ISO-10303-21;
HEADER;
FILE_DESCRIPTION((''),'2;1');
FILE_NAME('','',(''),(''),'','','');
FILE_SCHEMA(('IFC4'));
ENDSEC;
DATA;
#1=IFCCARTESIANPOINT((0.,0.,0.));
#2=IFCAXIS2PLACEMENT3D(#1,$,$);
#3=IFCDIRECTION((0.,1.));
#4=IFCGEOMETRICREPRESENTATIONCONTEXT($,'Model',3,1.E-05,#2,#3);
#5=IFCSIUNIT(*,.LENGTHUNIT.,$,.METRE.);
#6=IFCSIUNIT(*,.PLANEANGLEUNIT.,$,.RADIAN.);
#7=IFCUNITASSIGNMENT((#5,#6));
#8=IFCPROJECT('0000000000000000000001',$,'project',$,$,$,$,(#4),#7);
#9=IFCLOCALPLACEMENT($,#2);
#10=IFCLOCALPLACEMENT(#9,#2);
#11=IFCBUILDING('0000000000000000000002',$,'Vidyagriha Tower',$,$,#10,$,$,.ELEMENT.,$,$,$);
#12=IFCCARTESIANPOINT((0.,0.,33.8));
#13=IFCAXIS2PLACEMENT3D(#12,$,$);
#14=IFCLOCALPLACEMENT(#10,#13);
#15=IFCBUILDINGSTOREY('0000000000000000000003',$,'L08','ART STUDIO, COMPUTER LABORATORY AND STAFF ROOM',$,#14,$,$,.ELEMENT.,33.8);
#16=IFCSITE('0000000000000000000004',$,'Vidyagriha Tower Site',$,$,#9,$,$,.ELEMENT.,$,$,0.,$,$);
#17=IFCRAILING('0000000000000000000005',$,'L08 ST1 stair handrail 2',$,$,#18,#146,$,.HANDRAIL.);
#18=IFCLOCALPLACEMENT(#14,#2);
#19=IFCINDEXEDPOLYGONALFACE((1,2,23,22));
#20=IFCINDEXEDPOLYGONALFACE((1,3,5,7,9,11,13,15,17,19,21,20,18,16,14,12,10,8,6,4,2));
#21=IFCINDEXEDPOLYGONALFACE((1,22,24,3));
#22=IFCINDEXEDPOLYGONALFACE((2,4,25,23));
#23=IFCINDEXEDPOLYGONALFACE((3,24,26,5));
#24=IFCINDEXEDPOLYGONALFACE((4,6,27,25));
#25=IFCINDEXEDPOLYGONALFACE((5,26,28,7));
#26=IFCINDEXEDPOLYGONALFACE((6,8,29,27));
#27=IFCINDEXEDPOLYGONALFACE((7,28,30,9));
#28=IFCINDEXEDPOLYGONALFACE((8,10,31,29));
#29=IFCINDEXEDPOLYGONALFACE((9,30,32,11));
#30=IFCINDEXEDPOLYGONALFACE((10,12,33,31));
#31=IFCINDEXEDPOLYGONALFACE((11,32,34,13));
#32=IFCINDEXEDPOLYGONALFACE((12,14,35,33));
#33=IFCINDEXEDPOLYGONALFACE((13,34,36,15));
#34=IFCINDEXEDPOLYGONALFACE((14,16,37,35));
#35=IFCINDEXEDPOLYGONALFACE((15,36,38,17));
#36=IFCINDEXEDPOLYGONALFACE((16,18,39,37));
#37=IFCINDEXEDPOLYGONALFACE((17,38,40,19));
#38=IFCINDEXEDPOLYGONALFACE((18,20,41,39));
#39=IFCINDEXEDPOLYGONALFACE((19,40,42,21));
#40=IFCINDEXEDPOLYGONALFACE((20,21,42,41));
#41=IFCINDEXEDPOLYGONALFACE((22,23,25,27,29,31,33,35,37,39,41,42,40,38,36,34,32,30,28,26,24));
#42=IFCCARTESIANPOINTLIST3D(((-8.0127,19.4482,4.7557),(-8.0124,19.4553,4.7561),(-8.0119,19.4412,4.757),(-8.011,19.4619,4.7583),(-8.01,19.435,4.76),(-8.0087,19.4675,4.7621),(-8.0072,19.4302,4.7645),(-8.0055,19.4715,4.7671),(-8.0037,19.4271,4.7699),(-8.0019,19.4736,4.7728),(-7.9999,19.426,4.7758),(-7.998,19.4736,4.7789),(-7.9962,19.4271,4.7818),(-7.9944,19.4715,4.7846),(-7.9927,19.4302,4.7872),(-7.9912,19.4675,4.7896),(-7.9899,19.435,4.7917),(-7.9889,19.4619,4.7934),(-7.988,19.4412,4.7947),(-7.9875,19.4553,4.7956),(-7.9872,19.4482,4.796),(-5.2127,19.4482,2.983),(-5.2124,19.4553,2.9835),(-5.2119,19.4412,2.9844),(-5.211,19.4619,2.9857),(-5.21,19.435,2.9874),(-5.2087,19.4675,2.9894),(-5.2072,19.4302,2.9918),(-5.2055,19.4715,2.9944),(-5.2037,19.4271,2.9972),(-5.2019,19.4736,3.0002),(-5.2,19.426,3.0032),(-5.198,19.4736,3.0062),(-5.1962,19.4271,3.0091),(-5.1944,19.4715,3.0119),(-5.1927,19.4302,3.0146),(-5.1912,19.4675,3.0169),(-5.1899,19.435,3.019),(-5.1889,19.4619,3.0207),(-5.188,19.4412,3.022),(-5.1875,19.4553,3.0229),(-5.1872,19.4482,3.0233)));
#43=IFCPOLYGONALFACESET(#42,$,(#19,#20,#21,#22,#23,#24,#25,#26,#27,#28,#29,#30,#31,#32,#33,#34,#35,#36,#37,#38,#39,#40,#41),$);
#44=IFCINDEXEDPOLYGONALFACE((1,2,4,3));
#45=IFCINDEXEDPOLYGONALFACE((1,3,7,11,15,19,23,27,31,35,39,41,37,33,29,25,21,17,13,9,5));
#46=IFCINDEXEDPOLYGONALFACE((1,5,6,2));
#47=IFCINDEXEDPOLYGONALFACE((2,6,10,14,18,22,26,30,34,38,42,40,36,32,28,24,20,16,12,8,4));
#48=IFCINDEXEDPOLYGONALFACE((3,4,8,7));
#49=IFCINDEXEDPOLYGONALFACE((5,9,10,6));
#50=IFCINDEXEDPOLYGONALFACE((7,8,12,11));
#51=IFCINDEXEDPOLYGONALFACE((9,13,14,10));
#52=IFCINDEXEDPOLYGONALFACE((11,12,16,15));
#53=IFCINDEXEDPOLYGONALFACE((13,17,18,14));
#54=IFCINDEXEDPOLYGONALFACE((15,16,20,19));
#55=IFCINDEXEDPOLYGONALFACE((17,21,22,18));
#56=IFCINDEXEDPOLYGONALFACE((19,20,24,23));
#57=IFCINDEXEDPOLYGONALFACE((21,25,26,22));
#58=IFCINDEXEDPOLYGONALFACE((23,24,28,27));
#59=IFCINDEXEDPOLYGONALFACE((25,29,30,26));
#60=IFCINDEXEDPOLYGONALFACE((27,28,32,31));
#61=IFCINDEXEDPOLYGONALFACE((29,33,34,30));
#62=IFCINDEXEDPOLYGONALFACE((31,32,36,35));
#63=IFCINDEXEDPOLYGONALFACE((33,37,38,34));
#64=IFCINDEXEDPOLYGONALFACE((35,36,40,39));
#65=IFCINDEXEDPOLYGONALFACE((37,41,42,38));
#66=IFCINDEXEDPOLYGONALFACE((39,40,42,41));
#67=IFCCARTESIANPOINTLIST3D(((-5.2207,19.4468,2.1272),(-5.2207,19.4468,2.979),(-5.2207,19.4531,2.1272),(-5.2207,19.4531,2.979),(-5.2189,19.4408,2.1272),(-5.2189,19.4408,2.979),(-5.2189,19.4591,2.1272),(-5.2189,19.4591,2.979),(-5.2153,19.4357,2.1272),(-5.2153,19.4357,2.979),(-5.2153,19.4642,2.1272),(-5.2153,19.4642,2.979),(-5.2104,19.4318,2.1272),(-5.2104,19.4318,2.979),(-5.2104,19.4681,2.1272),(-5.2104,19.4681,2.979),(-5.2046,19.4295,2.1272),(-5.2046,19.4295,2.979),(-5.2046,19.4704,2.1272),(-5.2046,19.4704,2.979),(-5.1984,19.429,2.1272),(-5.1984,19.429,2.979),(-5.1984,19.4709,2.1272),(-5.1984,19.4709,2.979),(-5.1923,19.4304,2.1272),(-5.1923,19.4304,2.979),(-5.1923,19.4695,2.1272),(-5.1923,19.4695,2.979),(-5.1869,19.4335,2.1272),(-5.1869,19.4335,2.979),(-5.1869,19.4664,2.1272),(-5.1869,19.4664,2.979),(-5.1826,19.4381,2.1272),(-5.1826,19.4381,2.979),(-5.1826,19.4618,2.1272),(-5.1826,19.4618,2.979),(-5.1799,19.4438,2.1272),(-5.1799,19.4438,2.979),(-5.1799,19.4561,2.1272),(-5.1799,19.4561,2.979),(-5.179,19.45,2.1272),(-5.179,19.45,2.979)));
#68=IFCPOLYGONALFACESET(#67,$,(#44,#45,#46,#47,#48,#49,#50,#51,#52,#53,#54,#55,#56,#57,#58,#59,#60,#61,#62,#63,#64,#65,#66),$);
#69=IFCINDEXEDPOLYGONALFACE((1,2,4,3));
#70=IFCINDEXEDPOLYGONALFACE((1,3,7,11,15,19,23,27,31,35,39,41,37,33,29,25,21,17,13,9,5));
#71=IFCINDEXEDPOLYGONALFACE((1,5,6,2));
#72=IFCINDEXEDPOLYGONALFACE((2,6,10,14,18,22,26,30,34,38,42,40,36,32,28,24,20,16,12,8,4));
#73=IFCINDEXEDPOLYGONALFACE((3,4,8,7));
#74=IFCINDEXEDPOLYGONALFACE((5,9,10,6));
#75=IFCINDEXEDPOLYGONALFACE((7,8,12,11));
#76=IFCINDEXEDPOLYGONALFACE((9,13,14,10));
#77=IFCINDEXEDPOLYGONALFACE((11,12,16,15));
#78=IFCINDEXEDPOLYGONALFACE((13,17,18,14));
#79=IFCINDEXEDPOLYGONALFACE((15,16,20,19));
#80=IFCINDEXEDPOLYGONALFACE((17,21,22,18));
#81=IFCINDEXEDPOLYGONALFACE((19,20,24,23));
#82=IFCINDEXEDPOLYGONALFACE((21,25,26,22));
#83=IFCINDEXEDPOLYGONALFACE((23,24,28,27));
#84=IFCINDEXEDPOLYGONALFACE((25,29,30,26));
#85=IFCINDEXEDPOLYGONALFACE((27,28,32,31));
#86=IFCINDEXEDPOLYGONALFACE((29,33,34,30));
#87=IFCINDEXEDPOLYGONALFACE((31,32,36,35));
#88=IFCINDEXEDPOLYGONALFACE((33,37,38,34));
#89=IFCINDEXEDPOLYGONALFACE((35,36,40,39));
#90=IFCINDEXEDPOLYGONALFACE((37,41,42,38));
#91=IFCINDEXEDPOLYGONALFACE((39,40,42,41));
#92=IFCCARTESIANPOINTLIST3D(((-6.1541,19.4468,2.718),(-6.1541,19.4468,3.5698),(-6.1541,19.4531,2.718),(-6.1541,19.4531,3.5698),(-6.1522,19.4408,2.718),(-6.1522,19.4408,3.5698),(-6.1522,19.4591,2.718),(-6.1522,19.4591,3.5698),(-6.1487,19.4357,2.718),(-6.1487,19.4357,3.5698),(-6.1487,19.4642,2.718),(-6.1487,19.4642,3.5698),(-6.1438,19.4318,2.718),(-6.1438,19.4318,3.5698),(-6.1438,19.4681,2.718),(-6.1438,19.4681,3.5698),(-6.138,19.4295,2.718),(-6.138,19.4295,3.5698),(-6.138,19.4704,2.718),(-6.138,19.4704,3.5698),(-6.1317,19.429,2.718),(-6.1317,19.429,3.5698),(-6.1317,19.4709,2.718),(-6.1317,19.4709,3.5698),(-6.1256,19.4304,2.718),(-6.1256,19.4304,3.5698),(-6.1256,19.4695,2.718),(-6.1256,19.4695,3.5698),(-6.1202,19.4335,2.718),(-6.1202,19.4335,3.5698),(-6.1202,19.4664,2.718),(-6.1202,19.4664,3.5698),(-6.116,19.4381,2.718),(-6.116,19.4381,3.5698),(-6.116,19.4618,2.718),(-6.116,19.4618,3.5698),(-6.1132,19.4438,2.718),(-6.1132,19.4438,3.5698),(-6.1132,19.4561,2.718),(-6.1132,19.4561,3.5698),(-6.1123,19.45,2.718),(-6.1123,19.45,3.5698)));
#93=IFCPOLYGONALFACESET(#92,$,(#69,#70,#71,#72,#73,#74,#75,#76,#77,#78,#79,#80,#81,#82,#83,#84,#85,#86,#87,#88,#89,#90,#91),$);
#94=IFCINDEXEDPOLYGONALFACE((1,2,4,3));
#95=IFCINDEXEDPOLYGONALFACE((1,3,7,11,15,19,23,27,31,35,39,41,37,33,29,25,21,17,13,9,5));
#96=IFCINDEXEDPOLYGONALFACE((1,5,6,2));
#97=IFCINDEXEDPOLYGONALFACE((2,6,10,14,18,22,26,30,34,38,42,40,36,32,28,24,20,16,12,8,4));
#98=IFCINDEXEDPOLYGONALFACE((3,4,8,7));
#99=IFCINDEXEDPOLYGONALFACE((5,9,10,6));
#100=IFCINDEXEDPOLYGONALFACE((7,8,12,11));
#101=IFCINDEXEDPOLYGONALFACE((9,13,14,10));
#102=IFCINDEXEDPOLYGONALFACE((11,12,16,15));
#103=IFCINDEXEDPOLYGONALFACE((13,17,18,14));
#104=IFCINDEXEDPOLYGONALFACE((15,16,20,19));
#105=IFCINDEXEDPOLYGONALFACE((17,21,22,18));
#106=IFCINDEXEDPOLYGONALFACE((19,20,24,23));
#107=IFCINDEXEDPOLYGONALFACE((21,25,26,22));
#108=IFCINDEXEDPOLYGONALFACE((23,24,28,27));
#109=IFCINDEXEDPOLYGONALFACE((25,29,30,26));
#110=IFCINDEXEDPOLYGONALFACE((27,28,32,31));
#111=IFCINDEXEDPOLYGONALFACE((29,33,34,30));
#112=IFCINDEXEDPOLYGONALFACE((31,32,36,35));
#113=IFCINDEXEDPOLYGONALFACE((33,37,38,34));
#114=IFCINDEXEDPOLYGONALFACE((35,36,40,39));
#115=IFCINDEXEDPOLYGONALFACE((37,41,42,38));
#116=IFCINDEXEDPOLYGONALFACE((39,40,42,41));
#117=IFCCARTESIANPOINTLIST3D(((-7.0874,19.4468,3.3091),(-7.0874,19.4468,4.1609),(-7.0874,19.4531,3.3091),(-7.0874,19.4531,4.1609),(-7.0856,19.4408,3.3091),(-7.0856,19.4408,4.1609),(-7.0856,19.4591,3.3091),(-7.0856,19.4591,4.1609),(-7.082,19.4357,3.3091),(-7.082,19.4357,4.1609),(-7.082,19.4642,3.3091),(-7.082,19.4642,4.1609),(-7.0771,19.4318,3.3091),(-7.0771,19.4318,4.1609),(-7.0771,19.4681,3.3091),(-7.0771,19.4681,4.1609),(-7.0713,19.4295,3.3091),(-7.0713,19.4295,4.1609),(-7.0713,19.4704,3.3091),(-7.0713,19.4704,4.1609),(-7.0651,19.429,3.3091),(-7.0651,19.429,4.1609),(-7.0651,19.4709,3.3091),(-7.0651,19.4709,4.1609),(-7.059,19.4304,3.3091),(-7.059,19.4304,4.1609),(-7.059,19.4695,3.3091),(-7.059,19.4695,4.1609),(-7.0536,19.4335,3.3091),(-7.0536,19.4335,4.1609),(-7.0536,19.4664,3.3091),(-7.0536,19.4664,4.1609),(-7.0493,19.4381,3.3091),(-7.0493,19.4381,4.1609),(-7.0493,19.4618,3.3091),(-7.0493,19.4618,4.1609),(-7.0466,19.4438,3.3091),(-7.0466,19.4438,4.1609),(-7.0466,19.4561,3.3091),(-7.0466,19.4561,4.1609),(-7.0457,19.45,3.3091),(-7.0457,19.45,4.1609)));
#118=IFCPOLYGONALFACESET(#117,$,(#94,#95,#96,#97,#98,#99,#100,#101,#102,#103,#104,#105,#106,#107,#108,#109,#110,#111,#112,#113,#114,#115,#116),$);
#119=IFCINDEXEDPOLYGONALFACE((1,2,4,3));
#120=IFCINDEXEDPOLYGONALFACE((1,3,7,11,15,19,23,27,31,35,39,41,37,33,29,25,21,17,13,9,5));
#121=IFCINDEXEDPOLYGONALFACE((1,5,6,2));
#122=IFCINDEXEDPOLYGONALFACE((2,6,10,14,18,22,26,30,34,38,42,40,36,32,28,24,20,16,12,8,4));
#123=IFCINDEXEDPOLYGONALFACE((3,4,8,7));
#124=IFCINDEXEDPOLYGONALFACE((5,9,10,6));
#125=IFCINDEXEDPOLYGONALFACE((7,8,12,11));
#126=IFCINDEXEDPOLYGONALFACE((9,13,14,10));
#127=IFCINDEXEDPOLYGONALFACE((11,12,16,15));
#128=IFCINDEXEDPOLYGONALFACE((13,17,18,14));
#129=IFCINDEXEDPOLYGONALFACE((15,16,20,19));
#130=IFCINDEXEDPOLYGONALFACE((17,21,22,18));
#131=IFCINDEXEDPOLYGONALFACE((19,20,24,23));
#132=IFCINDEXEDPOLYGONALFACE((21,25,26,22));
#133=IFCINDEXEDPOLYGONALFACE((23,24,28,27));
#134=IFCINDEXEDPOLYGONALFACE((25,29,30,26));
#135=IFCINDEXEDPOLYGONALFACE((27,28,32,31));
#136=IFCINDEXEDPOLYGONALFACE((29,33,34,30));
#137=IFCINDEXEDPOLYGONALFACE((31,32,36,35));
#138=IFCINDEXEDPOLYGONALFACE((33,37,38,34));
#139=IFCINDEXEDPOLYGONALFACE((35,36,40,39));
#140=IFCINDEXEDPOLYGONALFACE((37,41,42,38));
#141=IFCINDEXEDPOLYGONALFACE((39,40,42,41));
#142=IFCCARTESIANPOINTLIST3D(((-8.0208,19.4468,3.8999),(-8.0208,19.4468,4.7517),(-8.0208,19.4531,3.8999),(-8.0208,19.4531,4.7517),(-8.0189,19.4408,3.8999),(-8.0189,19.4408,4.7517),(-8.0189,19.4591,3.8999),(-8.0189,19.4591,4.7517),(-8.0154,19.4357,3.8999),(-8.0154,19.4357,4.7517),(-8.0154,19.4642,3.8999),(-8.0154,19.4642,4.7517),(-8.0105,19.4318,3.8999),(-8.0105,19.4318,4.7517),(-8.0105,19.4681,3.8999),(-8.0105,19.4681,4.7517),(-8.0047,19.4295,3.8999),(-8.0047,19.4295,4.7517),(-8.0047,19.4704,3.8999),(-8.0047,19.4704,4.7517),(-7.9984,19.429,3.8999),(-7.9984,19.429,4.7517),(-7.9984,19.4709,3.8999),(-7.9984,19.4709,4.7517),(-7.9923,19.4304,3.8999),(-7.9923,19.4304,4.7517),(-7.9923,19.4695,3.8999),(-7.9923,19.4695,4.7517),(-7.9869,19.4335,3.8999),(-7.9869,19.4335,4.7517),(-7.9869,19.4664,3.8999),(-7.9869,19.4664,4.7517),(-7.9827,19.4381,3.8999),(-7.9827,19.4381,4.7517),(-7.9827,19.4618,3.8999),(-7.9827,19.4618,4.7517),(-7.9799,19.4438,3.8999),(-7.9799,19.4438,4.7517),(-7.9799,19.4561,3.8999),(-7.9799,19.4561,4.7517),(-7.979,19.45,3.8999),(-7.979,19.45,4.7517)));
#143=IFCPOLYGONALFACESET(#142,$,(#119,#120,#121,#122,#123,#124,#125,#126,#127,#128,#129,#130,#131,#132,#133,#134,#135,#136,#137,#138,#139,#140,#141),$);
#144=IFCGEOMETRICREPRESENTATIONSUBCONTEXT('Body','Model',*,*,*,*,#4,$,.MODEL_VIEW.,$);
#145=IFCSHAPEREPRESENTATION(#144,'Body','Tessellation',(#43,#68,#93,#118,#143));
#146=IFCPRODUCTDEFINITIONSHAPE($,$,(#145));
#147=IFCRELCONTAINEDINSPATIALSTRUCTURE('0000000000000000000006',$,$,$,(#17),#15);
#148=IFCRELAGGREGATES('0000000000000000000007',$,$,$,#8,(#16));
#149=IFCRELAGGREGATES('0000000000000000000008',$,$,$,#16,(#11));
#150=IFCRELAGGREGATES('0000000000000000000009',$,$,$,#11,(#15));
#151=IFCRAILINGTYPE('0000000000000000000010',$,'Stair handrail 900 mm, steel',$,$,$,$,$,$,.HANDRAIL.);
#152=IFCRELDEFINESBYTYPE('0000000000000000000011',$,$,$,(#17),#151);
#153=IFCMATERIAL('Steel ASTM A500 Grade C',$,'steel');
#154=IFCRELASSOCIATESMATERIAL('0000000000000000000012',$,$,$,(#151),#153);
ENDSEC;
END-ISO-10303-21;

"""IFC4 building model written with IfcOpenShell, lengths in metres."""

from ifc_helpers import new_model, si_unit, direction, frame, origin, origin_2d, place, context, subcontext, project, spatial, circle, extrude, material, type_object, element, save


model = new_model("IFC4")

# Units and contexts
model_context = context("Model", 3, precision=1e-05, world=origin(), true_north=direction((0.0, 1.0)))
body_context = subcontext(model_context, "Body", "Model", "MODEL_VIEW")
ifc_project = project(units=[si_unit("LENGTHUNIT", "METRE"), si_unit("PLANEANGLEUNIT", "RADIAN")], contexts=[model_context])

# Site, building, storey
site_placement = place(None, origin())
site = spatial("IfcSite", under=ifc_project, at=site_placement, Name="Vidyagriha Tower Site", CompositionType="ELEMENT", RefElevation=0.0)
building_placement = place(site_placement, origin())
building = spatial("IfcBuilding", under=site, at=building_placement, Name="Vidyagriha Tower", CompositionType="ELEMENT")
storey_placement = place(building_placement, frame((0.0, 0.0, 33.8)))
storey = spatial("IfcBuildingStorey", under=building, at=storey_placement, Name="L08", Description="ART STUDIO, COMPUTER LABORATORY AND STAFF ROOM", CompositionType="ELEMENT", Elevation=33.8)

# Railing
ifc_material_1 = material(Name="Steel ASTM A500 Grade C", Category="steel")
railing_type_1 = type_object("IfcRailingType", Name="Stair handrail 900 mm, steel", PredefinedType="HANDRAIL", material=ifc_material_1)
railing_1_placement = place(storey_placement, frame((-5.2, 19.45, 2.1272)))
element("IfcRailing", 1, at=railing_1_placement, inside=storey, type_object=railing_type_1, Name="L08 ST1 stair handrail 2", PredefinedType="HANDRAIL", context=body_context, shape_type="SweptSolid", body=[
    extrude(circle(Radius=0.0239, at=origin_2d()), frame((0.0, 0.0, 0.876), z_axis=(-0.844909, 0.0, 0.53491), x_axis=(0.0, -1.0, 0.0)), (0.0, 0.0, 1.0), 3.314),
    extrude(circle(Radius=0.021, at=origin_2d()), origin(), (0.0, 0.0, 1.0), 0.8518),
    extrude(circle(Radius=0.021, at=origin_2d()), frame((-0.9333, 0.0, 0.5908)), (0.0, 0.0, 1.0), 0.8518),
    extrude(circle(Radius=0.021, at=origin_2d()), frame((-1.8667, 0.0, 1.1819)), (0.0, 0.0, 1.0), 0.8518),
    extrude(circle(Radius=0.021, at=origin_2d()), frame((-2.8, 0.0, 1.7727)), (0.0, 0.0, 1.0), 0.8518),
])

save(model, "model.ifc")
